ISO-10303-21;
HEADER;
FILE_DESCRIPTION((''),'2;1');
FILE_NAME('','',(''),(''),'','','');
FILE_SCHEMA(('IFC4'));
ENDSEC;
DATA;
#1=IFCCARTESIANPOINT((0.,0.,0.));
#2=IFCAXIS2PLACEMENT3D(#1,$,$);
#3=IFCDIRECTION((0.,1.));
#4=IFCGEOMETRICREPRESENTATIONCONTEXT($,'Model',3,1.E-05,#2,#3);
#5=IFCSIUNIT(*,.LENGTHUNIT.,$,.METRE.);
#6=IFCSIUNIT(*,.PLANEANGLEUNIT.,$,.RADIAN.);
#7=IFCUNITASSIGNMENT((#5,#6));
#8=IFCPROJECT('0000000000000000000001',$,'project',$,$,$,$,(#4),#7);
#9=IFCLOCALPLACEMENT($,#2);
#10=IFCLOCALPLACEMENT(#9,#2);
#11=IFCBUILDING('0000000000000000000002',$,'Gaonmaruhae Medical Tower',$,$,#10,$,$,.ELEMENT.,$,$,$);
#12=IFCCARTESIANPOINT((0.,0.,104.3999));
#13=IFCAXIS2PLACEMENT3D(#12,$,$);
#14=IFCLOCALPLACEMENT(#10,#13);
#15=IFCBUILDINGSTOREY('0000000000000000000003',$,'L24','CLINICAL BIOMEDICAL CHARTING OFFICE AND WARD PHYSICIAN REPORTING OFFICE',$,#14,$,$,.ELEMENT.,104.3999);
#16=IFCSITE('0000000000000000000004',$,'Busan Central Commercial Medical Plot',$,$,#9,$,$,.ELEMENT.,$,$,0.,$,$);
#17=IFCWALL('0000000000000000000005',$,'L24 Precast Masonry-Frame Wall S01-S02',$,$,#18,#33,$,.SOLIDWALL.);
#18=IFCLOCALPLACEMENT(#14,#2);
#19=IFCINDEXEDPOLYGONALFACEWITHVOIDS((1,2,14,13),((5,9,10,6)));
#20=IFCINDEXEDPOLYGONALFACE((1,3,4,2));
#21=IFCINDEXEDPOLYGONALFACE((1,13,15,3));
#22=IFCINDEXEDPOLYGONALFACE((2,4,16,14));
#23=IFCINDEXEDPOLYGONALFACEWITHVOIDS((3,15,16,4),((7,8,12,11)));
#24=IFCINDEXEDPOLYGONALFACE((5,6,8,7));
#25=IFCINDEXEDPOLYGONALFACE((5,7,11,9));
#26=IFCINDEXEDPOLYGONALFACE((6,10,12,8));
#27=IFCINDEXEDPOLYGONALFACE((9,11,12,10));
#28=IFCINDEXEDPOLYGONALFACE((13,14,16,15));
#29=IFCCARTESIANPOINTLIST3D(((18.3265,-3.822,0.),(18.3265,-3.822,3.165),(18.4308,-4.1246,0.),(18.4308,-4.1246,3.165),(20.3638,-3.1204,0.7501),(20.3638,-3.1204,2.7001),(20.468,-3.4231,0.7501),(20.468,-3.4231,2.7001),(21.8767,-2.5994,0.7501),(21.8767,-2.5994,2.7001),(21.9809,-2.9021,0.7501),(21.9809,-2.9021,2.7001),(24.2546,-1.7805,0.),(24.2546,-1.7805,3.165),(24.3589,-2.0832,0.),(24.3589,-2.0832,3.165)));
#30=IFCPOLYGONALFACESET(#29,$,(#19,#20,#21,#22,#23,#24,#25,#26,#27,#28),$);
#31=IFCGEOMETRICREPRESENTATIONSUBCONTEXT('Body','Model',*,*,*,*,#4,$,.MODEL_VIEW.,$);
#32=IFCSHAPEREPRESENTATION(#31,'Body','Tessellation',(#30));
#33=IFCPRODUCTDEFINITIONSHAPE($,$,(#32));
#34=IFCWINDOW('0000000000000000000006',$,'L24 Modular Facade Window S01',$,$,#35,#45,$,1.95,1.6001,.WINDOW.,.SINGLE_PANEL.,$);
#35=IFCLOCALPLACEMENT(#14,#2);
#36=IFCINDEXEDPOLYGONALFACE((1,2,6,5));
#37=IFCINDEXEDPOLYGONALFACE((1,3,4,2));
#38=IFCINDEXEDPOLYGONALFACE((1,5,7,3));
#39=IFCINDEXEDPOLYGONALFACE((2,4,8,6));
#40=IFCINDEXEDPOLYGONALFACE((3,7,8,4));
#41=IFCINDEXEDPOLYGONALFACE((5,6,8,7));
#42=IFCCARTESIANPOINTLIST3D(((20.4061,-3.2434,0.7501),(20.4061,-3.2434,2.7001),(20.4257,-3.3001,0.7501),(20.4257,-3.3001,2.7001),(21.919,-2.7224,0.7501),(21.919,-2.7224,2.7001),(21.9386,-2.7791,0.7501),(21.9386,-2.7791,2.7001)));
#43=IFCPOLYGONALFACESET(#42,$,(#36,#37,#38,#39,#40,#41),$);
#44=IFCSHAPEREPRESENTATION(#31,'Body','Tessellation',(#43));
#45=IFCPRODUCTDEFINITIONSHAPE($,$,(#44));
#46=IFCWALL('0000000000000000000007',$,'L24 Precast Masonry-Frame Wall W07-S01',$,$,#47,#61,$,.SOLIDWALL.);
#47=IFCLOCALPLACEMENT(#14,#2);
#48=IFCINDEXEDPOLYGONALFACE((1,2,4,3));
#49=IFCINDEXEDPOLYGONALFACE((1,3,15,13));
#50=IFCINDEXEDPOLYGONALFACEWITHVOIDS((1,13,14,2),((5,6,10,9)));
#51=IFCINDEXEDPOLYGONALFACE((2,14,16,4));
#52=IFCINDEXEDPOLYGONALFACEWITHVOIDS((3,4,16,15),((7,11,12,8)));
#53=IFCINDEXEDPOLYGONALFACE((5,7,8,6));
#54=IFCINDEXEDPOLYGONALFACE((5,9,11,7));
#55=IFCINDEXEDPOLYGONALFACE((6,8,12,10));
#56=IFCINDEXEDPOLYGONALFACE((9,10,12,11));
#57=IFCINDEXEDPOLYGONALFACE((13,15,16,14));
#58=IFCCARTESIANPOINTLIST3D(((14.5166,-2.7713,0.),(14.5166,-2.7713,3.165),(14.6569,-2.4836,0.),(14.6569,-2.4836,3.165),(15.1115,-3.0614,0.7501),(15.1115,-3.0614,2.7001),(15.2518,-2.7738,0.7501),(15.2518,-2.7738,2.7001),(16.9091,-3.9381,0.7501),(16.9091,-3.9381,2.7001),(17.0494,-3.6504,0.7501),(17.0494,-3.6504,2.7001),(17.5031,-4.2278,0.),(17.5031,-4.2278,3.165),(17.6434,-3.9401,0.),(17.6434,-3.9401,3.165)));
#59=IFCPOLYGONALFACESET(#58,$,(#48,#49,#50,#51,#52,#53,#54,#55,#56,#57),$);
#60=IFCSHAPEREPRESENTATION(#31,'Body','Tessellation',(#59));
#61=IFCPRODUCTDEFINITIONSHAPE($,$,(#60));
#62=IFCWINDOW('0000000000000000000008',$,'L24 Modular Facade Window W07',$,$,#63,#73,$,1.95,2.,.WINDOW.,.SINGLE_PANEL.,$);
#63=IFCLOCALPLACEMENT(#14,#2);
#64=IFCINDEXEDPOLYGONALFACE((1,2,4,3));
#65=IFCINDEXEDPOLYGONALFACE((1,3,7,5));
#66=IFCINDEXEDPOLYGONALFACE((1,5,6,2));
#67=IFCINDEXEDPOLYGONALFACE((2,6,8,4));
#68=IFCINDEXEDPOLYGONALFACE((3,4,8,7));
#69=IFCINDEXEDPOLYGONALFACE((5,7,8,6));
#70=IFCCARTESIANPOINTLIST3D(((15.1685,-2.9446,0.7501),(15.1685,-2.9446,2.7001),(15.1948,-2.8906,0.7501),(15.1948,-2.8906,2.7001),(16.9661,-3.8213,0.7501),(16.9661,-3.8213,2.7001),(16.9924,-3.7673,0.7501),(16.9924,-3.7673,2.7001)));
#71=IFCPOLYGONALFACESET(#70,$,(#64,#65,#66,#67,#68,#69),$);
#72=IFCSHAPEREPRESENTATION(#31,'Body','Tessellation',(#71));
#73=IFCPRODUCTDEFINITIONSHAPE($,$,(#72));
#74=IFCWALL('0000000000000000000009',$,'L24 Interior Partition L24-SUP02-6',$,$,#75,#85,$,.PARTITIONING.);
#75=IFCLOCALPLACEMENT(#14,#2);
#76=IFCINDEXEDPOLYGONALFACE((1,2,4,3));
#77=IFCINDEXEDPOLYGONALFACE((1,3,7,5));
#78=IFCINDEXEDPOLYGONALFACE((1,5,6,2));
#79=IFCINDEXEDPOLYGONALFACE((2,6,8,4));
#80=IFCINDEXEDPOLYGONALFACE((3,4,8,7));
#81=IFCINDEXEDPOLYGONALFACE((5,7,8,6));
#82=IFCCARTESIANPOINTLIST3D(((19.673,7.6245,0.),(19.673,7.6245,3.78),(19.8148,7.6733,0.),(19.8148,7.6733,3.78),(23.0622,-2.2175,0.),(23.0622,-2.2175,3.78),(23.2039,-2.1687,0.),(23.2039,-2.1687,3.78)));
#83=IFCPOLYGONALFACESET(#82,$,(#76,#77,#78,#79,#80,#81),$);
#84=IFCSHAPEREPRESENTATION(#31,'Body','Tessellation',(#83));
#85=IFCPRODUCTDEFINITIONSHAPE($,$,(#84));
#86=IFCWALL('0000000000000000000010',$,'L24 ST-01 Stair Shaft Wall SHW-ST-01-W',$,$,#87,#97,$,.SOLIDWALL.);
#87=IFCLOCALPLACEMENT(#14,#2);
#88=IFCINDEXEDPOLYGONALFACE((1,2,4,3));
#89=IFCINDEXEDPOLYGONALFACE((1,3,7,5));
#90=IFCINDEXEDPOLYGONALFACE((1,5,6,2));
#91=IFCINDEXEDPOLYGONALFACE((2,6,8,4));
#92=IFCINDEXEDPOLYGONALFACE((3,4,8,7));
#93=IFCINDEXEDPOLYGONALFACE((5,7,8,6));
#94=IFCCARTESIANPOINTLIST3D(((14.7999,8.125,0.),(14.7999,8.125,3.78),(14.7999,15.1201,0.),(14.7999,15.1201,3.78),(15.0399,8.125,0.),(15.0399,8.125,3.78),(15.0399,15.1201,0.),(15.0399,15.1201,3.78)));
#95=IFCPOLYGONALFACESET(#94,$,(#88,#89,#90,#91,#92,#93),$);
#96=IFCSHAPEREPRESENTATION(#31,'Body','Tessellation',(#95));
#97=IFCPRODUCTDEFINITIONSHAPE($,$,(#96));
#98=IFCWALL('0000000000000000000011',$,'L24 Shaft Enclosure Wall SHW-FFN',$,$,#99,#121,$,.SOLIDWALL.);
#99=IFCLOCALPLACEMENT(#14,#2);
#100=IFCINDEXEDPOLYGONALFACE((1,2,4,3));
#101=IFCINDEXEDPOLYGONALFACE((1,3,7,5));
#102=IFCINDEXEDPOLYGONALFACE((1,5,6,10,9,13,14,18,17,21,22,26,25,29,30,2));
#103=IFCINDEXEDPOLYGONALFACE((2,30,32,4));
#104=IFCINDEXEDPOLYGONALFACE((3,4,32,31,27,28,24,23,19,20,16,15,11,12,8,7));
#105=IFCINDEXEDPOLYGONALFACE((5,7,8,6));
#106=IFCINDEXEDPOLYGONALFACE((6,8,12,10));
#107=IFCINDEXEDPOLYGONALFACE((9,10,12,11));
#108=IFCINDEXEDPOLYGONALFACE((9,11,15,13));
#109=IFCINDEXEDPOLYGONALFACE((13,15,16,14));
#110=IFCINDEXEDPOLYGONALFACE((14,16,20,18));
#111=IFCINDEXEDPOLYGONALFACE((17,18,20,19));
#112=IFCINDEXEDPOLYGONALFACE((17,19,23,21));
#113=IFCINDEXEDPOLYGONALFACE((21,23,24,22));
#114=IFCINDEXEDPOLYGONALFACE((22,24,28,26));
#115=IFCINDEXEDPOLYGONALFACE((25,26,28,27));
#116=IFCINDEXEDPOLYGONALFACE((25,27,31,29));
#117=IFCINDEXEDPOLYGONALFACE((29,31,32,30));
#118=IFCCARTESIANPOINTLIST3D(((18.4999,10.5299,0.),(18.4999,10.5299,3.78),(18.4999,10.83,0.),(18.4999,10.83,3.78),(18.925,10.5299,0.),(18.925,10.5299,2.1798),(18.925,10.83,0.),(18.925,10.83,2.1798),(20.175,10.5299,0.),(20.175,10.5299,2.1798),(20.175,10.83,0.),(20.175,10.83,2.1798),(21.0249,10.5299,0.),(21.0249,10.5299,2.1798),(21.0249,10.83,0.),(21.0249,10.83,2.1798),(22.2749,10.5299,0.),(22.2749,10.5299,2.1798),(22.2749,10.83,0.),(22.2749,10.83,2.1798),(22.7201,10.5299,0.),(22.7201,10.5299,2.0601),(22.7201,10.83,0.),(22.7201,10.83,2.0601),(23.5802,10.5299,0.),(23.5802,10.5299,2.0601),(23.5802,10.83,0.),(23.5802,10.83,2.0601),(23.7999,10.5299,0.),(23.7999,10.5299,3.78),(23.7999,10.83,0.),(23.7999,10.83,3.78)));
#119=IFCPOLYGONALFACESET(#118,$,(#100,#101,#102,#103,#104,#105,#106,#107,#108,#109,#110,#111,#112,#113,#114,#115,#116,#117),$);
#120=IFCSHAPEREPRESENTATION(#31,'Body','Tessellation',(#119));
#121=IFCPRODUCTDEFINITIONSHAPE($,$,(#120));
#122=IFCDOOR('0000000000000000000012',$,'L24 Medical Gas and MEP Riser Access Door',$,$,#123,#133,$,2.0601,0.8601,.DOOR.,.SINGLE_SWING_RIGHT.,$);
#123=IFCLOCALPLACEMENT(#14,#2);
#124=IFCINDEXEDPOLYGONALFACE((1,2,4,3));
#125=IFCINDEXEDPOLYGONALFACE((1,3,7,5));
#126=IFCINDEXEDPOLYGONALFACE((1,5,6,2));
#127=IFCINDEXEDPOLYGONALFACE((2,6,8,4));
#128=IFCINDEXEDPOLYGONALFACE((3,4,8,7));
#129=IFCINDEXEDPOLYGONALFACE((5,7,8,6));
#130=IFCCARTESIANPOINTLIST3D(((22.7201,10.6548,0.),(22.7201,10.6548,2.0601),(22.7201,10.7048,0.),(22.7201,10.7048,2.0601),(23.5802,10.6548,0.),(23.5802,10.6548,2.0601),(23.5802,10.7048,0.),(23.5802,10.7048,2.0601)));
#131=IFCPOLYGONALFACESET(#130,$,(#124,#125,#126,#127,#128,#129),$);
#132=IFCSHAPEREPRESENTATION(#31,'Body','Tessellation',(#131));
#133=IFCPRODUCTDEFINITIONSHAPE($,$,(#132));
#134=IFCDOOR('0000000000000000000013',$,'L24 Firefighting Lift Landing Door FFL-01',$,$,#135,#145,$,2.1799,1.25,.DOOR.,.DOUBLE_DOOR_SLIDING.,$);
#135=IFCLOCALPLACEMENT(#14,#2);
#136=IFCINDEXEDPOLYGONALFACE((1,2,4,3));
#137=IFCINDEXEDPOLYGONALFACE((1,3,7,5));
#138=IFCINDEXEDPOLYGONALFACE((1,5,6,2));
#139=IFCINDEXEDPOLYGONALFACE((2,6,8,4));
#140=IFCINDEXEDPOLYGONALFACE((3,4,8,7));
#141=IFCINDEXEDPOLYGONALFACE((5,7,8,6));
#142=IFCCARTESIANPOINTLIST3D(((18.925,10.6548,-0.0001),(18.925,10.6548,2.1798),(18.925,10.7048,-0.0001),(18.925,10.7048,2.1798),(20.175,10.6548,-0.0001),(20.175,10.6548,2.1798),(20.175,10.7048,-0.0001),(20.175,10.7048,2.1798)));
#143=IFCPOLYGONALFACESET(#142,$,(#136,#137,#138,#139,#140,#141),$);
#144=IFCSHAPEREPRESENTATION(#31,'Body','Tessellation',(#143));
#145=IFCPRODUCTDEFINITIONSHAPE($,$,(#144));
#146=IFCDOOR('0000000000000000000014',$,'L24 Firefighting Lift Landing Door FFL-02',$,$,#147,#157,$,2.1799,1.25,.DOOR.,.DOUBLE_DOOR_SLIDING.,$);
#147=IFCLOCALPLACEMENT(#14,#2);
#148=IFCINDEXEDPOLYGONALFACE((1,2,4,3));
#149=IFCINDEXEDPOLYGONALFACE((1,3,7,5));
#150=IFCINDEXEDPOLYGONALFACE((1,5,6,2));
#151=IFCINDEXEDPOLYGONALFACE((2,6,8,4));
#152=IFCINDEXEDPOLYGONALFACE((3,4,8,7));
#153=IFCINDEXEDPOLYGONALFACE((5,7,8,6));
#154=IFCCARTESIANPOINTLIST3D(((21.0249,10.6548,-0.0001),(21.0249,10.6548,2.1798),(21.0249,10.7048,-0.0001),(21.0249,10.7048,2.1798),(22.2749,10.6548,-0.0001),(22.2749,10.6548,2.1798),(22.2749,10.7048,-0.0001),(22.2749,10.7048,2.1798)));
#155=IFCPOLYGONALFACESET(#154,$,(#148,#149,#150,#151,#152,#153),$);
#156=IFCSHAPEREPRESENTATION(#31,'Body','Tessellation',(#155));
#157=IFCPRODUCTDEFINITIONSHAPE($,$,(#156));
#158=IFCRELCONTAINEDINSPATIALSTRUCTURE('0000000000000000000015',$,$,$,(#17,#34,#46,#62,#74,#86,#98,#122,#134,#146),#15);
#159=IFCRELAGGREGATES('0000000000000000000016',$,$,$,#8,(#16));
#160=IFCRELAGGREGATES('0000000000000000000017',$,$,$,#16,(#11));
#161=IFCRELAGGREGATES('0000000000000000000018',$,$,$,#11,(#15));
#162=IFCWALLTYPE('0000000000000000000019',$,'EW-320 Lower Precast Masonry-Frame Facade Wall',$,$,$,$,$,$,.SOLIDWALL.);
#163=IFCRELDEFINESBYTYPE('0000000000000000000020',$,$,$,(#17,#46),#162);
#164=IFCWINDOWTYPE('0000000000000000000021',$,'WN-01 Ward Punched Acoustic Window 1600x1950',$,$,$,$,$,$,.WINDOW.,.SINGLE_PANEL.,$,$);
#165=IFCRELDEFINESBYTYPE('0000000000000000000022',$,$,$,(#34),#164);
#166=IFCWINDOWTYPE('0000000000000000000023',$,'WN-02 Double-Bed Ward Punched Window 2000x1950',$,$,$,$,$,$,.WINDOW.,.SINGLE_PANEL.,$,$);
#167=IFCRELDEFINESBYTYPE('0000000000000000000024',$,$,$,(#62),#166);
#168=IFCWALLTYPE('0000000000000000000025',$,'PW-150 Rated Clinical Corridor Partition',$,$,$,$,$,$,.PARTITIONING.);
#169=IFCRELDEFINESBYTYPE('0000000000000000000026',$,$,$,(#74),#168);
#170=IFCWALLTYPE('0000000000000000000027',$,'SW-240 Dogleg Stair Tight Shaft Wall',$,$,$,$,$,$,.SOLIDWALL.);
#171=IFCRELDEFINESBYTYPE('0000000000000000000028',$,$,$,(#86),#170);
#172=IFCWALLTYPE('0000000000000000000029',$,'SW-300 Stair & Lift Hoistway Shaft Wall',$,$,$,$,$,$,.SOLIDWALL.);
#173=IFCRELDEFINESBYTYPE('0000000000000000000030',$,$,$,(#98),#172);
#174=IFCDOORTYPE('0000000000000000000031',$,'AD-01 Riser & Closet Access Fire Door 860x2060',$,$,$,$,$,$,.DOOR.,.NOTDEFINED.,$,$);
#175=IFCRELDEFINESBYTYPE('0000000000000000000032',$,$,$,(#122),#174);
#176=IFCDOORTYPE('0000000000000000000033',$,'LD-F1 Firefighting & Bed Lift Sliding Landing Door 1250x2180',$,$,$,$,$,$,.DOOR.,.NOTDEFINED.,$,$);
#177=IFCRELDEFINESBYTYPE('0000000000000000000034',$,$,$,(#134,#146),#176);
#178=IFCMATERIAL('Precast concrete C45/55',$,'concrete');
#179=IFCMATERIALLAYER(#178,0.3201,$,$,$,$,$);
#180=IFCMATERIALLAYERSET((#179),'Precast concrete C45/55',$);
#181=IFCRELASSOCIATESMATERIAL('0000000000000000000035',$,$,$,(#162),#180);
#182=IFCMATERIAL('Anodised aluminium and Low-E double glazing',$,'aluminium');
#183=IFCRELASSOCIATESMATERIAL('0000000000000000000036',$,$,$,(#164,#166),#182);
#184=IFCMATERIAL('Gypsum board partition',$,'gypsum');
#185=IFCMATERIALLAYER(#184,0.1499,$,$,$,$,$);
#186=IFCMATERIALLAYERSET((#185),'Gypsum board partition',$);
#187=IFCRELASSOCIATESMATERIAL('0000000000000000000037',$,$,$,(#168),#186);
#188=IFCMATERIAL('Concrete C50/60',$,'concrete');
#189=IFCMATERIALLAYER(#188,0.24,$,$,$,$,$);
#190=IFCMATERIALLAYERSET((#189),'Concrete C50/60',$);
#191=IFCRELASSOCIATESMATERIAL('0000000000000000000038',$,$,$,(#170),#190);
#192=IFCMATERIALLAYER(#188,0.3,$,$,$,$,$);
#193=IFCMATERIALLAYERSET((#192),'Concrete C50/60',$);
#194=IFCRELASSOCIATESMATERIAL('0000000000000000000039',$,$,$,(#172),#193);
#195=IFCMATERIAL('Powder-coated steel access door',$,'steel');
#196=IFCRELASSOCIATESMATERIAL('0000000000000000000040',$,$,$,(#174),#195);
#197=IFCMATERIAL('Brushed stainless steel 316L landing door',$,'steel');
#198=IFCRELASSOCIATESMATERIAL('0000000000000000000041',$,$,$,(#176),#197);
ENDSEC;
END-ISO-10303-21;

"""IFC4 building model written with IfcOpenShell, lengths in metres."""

from ifc_helpers import new_model, si_unit, direction, frame, frame_2d, origin, place, context, subcontext, project, spatial, rectangle, extrude, material, layer, layer_set, type_object, element, fill, save


model = new_model("IFC4")

# Units and contexts
model_context = context("Model", 3, precision=1e-05, world=origin(), true_north=direction((0.0, 1.0)))
body_context = subcontext(model_context, "Body", "Model", "MODEL_VIEW")
ifc_project = project(units=[si_unit("LENGTHUNIT", "METRE"), si_unit("PLANEANGLEUNIT", "RADIAN")], contexts=[model_context])

# Site, building, storey
site_placement = place(None, origin())
site = spatial("IfcSite", under=ifc_project, at=site_placement, Name="Busan Central Commercial Medical Plot", CompositionType="ELEMENT", RefElevation=0.0)
building_placement = place(site_placement, origin())
building = spatial("IfcBuilding", under=site, at=building_placement, Name="Gaonmaruhae Medical Tower", CompositionType="ELEMENT")
storey_placement = place(building_placement, frame((0.0, 0.0, 104.3999)))
storey = spatial("IfcBuildingStorey", under=building, at=storey_placement, Name="L24", Description="CLINICAL BIOMEDICAL CHARTING OFFICE AND WARD PHYSICIAN REPORTING OFFICE", CompositionType="ELEMENT", Elevation=104.3999)

# Walls, openings, windows
ifc_material_1 = material(Name="Precast concrete C45/55", Category="concrete")
ifc_layer_1 = layer(ifc_material_1, 0.3201)
ifc_layer_set_1 = layer_set([ifc_layer_1], Name="Precast concrete C45/55")
wall_type_1 = type_object("IfcWallType", Name="EW-320 Lower Precast Masonry-Frame Facade Wall", PredefinedType="SOLIDWALL", material=ifc_layer_set_1)
wall_1_placement = place(storey_placement, frame((24.3066, -1.9319, 0.0), z_axis=(0.0, 0.0, 1.0), x_axis=(-0.945506, -0.325604, 0.0)))
wall_1 = element("IfcWall", 1, at=wall_1_placement, inside=storey, type_object=wall_type_1, Name="L24 Precast Masonry-Frame Wall S01-S02", PredefinedType="SOLIDWALL", context=body_context, shape_type="SweptSolid", body=[
    extrude(rectangle(XDim=6.2698, YDim=0.3201, at=frame_2d((3.1348, 0.0))), origin(), (0.0, 0.0, 1.0), 3.165),
])
opening_1_placement = place(wall_1_placement, frame((2.5149, 0.0, 0.75)))
opening_1 = element("IfcOpeningElement", 2, at=opening_1_placement, cuts=wall_1, PredefinedType="OPENING", context=body_context, shape_type="SweptSolid", body=[
    extrude(rectangle(XDim=1.6001, YDim=1.95, at=frame_2d((0.8, 0.9751))), frame((0.0, 0.1699, 0.0), z_axis=(0.0, -1.0, 0.0), x_axis=(1.0, 0.0, 0.0)), (0.0, 0.0, 1.0), 0.3401),
])
ifc_material_2 = material(Name="Anodised aluminium and Low-E double glazing", Category="aluminium")
window_type_1 = type_object("IfcWindowType", Name="WN-01 Ward Punched Acoustic Window 1600x1950", PartitioningType="SINGLE_PANEL", PredefinedType="WINDOW", material=ifc_material_2)
window_1_placement = place(opening_1_placement, origin())
window_1 = element("IfcWindow", 3, at=window_1_placement, inside=storey, type_object=window_type_1, Name="L24 Modular Facade Window S01", OverallHeight=1.95, OverallWidth=1.6001, PartitioningType="SINGLE_PANEL", PredefinedType="WINDOW", context=body_context, shape_type="SweptSolid", body=[
    extrude(rectangle(XDim=1.6001, YDim=1.95, at=frame_2d((0.8, 0.9751))), frame((0.0, 0.03, 0.0), z_axis=(0.0, -1.0, 0.0), x_axis=(1.0, 0.0, 0.0)), (0.0, 0.0, 1.0), 0.0601),
])
fill(opening_1, window_1)
wall_2_placement = place(storey_placement, frame((17.5732, -4.084, 0.0), z_axis=(0.0, 0.0, 1.0), x_axis=(-0.898807, 0.438345, 0.0)))
wall_2 = element("IfcWall", 4, at=wall_2_placement, inside=storey, type_object=wall_type_1, Name="L24 Precast Masonry-Frame Wall W07-S01", PredefinedType="SOLIDWALL", context=body_context, shape_type="SweptSolid", body=[
    extrude(rectangle(XDim=3.3228, YDim=0.3201, at=frame_2d((1.6614, 0.0))), origin(), (0.0, 0.0, 1.0), 3.165),
])
opening_2_placement = place(wall_2_placement, frame((0.6609, 0.0, 0.75)))
opening_2 = element("IfcOpeningElement", 5, at=opening_2_placement, cuts=wall_2, PredefinedType="OPENING", context=body_context, shape_type="SweptSolid", body=[
    extrude(rectangle(XDim=2.0, YDim=1.95, at=frame_2d((1.0, 0.9751))), frame((0.0, 0.1699, 0.0), z_axis=(0.0, -1.0, 0.0), x_axis=(1.0, 0.0, 0.0)), (0.0, 0.0, 1.0), 0.3401),
])
window_type_2 = type_object("IfcWindowType", Name="WN-02 Double-Bed Ward Punched Window 2000x1950", PartitioningType="SINGLE_PANEL", PredefinedType="WINDOW", material=ifc_material_2)
window_2_placement = place(opening_2_placement, origin())
window_2 = element("IfcWindow", 6, at=window_2_placement, inside=storey, type_object=window_type_2, Name="L24 Modular Facade Window W07", OverallHeight=1.95, OverallWidth=2.0, PartitioningType="SINGLE_PANEL", PredefinedType="WINDOW", context=body_context, shape_type="SweptSolid", body=[
    extrude(rectangle(XDim=2.0, YDim=1.95, at=frame_2d((1.0, 0.9751))), frame((0.0, 0.03, 0.0), z_axis=(0.0, -1.0, 0.0), x_axis=(1.0, 0.0, 0.0)), (0.0, 0.0, 1.0), 0.0601),
])
fill(opening_2, window_2)

# Walls
ifc_material_3 = material(Name="Gypsum board partition", Category="gypsum")
ifc_layer_2 = layer(ifc_material_3, 0.1499)
ifc_layer_set_2 = layer_set([ifc_layer_2], Name="Gypsum board partition")
wall_type_2 = type_object("IfcWallType", Name="PW-150 Rated Clinical Corridor Partition", PredefinedType="PARTITIONING", material=ifc_layer_set_2)
wall_3_placement = place(storey_placement, frame((19.7439, 7.6489, 0.0), z_axis=(0.0, 0.0, 1.0), x_axis=(0.325592, -0.94551, 0.0)))
element("IfcWall", 7, at=wall_3_placement, inside=storey, type_object=wall_type_2, Name="L24 Interior Partition L24-SUP02-6", PredefinedType="PARTITIONING", context=body_context, shape_type="SweptSolid", body=[
    extrude(rectangle(XDim=10.4092, YDim=0.1499, at=frame_2d((5.2046, 0.0))), origin(), (0.0, 0.0, 1.0), 3.78),
])
ifc_material_4 = material(Name="Concrete C50/60", Category="concrete")
ifc_layer_3 = layer(ifc_material_4, 0.24)
ifc_layer_set_3 = layer_set([ifc_layer_3], Name="Concrete C50/60")
wall_type_3 = type_object("IfcWallType", Name="SW-240 Dogleg Stair Tight Shaft Wall", PredefinedType="SOLIDWALL", material=ifc_layer_set_3)
wall_4_placement = place(storey_placement, frame((14.9199, 8.125, 0.0), z_axis=(0.0, 0.0, 1.0), x_axis=(0.0, 1.0, 0.0)))
element("IfcWall", 8, at=wall_4_placement, inside=storey, type_object=wall_type_3, Name="L24 ST-01 Stair Shaft Wall SHW-ST-01-W", PredefinedType="SOLIDWALL", context=body_context, shape_type="SweptSolid", body=[
    extrude(rectangle(XDim=6.9951, YDim=0.24, at=frame_2d((3.4976, 0.0))), origin(), (0.0, 0.0, 1.0), 3.78),
])

# Wall, openings, doors
ifc_layer_4 = layer(ifc_material_4, 0.3)
ifc_layer_set_4 = layer_set([ifc_layer_4], Name="Concrete C50/60")
wall_type_4 = type_object("IfcWallType", Name="SW-300 Stair & Lift Hoistway Shaft Wall", PredefinedType="SOLIDWALL", material=ifc_layer_set_4)
wall_5_placement = place(storey_placement, frame((18.5, 10.6799, 0.0), z_axis=(0.0, 0.0, 1.0), x_axis=(1.0, 0.0, 0.0)))
wall_5 = element("IfcWall", 9, at=wall_5_placement, inside=storey, type_object=wall_type_4, Name="L24 Shaft Enclosure Wall SHW-FFN", PredefinedType="SOLIDWALL", context=body_context, shape_type="SweptSolid", body=[
    extrude(rectangle(XDim=5.3, YDim=0.3, at=frame_2d((2.6499, 0.0))), origin(), (0.0, 0.0, 1.0), 3.78),
])
opening_3_placement = place(wall_5_placement, frame((4.22, 0.0, 0.0)))
opening_3 = element("IfcOpeningElement", 10, at=opening_3_placement, cuts=wall_5, PredefinedType="OPENING", context=body_context, shape_type="SweptSolid", body=[
    extrude(rectangle(XDim=0.8601, YDim=2.0601, at=frame_2d((0.4302, 1.03))), frame((0.0, 0.1602, 0.0), z_axis=(0.0, -1.0, 0.0), x_axis=(1.0, 0.0, 0.0)), (0.0, 0.0, 1.0), 0.3201),
])
opening_4_placement = place(wall_5_placement, frame((0.425, 0.0, 0.0)))
opening_4 = element("IfcOpeningElement", 11, at=opening_4_placement, cuts=wall_5, PredefinedType="OPENING", context=body_context, shape_type="SweptSolid", body=[
    extrude(rectangle(XDim=1.25, YDim=2.1799, at=frame_2d((0.625, 1.0898))), frame((0.0, 0.1602, 0.0), z_axis=(0.0, -1.0, 0.0), x_axis=(1.0, 0.0, 0.0)), (0.0, 0.0, 1.0), 0.3201),
])
opening_5_placement = place(wall_5_placement, frame((2.5249, 0.0, 0.0)))
opening_5 = element("IfcOpeningElement", 12, at=opening_5_placement, cuts=wall_5, PredefinedType="OPENING", context=body_context, shape_type="SweptSolid", body=[
    extrude(rectangle(XDim=1.25, YDim=2.1799, at=frame_2d((0.625, 1.0898))), frame((0.0, 0.1602, 0.0), z_axis=(0.0, -1.0, 0.0), x_axis=(1.0, 0.0, 0.0)), (0.0, 0.0, 1.0), 0.3201),
])
ifc_material_5 = material(Name="Powder-coated steel access door", Category="steel")
door_type_1 = type_object("IfcDoorType", Name="AD-01 Riser & Closet Access Fire Door 860x2060", OperationType="NOTDEFINED", PredefinedType="DOOR", material=ifc_material_5)
door_1_placement = place(opening_3_placement, origin())
door_1 = element("IfcDoor", 13, at=door_1_placement, inside=storey, type_object=door_type_1, Name="L24 Medical Gas and MEP Riser Access Door", OperationType="SINGLE_SWING_RIGHT", OverallHeight=2.0601, OverallWidth=0.8601, PredefinedType="DOOR", context=body_context, shape_type="SweptSolid", body=[
    extrude(rectangle(XDim=0.8601, YDim=2.0601, at=frame_2d((0.4302, 1.03))), frame((0.0, 0.0249, 0.0), z_axis=(0.0, -1.0, 0.0), x_axis=(1.0, 0.0, 0.0)), (0.0, 0.0, 1.0), 0.05),
])
fill(opening_3, door_1)
ifc_material_6 = material(Name="Brushed stainless steel 316L landing door", Category="steel")
door_type_2 = type_object("IfcDoorType", Name="LD-F1 Firefighting & Bed Lift Sliding Landing Door 1250x2180", OperationType="NOTDEFINED", PredefinedType="DOOR", material=ifc_material_6)
door_2_placement = place(opening_4_placement, origin())
door_2 = element("IfcDoor", 14, at=door_2_placement, inside=storey, type_object=door_type_2, Name="L24 Firefighting Lift Landing Door FFL-01", OperationType="DOUBLE_DOOR_SLIDING", OverallHeight=2.1799, OverallWidth=1.25, PredefinedType="DOOR", context=body_context, shape_type="SweptSolid", body=[
    extrude(rectangle(XDim=1.25, YDim=2.1799, at=frame_2d((0.625, 1.0898))), frame((0.0, 0.0249, 0.0), z_axis=(0.0, -1.0, 0.0), x_axis=(1.0, 0.0, 0.0)), (0.0, 0.0, 1.0), 0.05),
])
fill(opening_4, door_2)
door_3_placement = place(opening_5_placement, origin())
door_3 = element("IfcDoor", 15, at=door_3_placement, inside=storey, type_object=door_type_2, Name="L24 Firefighting Lift Landing Door FFL-02", OperationType="DOUBLE_DOOR_SLIDING", OverallHeight=2.1799, OverallWidth=1.25, PredefinedType="DOOR", context=body_context, shape_type="SweptSolid", body=[
    extrude(rectangle(XDim=1.25, YDim=2.1799, at=frame_2d((0.625, 1.0898))), frame((0.0, 0.0249, 0.0), z_axis=(0.0, -1.0, 0.0), x_axis=(1.0, 0.0, 0.0)), (0.0, 0.0, 1.0), 0.05),
])
fill(opening_5, door_3)

save(model, "model.ifc")
